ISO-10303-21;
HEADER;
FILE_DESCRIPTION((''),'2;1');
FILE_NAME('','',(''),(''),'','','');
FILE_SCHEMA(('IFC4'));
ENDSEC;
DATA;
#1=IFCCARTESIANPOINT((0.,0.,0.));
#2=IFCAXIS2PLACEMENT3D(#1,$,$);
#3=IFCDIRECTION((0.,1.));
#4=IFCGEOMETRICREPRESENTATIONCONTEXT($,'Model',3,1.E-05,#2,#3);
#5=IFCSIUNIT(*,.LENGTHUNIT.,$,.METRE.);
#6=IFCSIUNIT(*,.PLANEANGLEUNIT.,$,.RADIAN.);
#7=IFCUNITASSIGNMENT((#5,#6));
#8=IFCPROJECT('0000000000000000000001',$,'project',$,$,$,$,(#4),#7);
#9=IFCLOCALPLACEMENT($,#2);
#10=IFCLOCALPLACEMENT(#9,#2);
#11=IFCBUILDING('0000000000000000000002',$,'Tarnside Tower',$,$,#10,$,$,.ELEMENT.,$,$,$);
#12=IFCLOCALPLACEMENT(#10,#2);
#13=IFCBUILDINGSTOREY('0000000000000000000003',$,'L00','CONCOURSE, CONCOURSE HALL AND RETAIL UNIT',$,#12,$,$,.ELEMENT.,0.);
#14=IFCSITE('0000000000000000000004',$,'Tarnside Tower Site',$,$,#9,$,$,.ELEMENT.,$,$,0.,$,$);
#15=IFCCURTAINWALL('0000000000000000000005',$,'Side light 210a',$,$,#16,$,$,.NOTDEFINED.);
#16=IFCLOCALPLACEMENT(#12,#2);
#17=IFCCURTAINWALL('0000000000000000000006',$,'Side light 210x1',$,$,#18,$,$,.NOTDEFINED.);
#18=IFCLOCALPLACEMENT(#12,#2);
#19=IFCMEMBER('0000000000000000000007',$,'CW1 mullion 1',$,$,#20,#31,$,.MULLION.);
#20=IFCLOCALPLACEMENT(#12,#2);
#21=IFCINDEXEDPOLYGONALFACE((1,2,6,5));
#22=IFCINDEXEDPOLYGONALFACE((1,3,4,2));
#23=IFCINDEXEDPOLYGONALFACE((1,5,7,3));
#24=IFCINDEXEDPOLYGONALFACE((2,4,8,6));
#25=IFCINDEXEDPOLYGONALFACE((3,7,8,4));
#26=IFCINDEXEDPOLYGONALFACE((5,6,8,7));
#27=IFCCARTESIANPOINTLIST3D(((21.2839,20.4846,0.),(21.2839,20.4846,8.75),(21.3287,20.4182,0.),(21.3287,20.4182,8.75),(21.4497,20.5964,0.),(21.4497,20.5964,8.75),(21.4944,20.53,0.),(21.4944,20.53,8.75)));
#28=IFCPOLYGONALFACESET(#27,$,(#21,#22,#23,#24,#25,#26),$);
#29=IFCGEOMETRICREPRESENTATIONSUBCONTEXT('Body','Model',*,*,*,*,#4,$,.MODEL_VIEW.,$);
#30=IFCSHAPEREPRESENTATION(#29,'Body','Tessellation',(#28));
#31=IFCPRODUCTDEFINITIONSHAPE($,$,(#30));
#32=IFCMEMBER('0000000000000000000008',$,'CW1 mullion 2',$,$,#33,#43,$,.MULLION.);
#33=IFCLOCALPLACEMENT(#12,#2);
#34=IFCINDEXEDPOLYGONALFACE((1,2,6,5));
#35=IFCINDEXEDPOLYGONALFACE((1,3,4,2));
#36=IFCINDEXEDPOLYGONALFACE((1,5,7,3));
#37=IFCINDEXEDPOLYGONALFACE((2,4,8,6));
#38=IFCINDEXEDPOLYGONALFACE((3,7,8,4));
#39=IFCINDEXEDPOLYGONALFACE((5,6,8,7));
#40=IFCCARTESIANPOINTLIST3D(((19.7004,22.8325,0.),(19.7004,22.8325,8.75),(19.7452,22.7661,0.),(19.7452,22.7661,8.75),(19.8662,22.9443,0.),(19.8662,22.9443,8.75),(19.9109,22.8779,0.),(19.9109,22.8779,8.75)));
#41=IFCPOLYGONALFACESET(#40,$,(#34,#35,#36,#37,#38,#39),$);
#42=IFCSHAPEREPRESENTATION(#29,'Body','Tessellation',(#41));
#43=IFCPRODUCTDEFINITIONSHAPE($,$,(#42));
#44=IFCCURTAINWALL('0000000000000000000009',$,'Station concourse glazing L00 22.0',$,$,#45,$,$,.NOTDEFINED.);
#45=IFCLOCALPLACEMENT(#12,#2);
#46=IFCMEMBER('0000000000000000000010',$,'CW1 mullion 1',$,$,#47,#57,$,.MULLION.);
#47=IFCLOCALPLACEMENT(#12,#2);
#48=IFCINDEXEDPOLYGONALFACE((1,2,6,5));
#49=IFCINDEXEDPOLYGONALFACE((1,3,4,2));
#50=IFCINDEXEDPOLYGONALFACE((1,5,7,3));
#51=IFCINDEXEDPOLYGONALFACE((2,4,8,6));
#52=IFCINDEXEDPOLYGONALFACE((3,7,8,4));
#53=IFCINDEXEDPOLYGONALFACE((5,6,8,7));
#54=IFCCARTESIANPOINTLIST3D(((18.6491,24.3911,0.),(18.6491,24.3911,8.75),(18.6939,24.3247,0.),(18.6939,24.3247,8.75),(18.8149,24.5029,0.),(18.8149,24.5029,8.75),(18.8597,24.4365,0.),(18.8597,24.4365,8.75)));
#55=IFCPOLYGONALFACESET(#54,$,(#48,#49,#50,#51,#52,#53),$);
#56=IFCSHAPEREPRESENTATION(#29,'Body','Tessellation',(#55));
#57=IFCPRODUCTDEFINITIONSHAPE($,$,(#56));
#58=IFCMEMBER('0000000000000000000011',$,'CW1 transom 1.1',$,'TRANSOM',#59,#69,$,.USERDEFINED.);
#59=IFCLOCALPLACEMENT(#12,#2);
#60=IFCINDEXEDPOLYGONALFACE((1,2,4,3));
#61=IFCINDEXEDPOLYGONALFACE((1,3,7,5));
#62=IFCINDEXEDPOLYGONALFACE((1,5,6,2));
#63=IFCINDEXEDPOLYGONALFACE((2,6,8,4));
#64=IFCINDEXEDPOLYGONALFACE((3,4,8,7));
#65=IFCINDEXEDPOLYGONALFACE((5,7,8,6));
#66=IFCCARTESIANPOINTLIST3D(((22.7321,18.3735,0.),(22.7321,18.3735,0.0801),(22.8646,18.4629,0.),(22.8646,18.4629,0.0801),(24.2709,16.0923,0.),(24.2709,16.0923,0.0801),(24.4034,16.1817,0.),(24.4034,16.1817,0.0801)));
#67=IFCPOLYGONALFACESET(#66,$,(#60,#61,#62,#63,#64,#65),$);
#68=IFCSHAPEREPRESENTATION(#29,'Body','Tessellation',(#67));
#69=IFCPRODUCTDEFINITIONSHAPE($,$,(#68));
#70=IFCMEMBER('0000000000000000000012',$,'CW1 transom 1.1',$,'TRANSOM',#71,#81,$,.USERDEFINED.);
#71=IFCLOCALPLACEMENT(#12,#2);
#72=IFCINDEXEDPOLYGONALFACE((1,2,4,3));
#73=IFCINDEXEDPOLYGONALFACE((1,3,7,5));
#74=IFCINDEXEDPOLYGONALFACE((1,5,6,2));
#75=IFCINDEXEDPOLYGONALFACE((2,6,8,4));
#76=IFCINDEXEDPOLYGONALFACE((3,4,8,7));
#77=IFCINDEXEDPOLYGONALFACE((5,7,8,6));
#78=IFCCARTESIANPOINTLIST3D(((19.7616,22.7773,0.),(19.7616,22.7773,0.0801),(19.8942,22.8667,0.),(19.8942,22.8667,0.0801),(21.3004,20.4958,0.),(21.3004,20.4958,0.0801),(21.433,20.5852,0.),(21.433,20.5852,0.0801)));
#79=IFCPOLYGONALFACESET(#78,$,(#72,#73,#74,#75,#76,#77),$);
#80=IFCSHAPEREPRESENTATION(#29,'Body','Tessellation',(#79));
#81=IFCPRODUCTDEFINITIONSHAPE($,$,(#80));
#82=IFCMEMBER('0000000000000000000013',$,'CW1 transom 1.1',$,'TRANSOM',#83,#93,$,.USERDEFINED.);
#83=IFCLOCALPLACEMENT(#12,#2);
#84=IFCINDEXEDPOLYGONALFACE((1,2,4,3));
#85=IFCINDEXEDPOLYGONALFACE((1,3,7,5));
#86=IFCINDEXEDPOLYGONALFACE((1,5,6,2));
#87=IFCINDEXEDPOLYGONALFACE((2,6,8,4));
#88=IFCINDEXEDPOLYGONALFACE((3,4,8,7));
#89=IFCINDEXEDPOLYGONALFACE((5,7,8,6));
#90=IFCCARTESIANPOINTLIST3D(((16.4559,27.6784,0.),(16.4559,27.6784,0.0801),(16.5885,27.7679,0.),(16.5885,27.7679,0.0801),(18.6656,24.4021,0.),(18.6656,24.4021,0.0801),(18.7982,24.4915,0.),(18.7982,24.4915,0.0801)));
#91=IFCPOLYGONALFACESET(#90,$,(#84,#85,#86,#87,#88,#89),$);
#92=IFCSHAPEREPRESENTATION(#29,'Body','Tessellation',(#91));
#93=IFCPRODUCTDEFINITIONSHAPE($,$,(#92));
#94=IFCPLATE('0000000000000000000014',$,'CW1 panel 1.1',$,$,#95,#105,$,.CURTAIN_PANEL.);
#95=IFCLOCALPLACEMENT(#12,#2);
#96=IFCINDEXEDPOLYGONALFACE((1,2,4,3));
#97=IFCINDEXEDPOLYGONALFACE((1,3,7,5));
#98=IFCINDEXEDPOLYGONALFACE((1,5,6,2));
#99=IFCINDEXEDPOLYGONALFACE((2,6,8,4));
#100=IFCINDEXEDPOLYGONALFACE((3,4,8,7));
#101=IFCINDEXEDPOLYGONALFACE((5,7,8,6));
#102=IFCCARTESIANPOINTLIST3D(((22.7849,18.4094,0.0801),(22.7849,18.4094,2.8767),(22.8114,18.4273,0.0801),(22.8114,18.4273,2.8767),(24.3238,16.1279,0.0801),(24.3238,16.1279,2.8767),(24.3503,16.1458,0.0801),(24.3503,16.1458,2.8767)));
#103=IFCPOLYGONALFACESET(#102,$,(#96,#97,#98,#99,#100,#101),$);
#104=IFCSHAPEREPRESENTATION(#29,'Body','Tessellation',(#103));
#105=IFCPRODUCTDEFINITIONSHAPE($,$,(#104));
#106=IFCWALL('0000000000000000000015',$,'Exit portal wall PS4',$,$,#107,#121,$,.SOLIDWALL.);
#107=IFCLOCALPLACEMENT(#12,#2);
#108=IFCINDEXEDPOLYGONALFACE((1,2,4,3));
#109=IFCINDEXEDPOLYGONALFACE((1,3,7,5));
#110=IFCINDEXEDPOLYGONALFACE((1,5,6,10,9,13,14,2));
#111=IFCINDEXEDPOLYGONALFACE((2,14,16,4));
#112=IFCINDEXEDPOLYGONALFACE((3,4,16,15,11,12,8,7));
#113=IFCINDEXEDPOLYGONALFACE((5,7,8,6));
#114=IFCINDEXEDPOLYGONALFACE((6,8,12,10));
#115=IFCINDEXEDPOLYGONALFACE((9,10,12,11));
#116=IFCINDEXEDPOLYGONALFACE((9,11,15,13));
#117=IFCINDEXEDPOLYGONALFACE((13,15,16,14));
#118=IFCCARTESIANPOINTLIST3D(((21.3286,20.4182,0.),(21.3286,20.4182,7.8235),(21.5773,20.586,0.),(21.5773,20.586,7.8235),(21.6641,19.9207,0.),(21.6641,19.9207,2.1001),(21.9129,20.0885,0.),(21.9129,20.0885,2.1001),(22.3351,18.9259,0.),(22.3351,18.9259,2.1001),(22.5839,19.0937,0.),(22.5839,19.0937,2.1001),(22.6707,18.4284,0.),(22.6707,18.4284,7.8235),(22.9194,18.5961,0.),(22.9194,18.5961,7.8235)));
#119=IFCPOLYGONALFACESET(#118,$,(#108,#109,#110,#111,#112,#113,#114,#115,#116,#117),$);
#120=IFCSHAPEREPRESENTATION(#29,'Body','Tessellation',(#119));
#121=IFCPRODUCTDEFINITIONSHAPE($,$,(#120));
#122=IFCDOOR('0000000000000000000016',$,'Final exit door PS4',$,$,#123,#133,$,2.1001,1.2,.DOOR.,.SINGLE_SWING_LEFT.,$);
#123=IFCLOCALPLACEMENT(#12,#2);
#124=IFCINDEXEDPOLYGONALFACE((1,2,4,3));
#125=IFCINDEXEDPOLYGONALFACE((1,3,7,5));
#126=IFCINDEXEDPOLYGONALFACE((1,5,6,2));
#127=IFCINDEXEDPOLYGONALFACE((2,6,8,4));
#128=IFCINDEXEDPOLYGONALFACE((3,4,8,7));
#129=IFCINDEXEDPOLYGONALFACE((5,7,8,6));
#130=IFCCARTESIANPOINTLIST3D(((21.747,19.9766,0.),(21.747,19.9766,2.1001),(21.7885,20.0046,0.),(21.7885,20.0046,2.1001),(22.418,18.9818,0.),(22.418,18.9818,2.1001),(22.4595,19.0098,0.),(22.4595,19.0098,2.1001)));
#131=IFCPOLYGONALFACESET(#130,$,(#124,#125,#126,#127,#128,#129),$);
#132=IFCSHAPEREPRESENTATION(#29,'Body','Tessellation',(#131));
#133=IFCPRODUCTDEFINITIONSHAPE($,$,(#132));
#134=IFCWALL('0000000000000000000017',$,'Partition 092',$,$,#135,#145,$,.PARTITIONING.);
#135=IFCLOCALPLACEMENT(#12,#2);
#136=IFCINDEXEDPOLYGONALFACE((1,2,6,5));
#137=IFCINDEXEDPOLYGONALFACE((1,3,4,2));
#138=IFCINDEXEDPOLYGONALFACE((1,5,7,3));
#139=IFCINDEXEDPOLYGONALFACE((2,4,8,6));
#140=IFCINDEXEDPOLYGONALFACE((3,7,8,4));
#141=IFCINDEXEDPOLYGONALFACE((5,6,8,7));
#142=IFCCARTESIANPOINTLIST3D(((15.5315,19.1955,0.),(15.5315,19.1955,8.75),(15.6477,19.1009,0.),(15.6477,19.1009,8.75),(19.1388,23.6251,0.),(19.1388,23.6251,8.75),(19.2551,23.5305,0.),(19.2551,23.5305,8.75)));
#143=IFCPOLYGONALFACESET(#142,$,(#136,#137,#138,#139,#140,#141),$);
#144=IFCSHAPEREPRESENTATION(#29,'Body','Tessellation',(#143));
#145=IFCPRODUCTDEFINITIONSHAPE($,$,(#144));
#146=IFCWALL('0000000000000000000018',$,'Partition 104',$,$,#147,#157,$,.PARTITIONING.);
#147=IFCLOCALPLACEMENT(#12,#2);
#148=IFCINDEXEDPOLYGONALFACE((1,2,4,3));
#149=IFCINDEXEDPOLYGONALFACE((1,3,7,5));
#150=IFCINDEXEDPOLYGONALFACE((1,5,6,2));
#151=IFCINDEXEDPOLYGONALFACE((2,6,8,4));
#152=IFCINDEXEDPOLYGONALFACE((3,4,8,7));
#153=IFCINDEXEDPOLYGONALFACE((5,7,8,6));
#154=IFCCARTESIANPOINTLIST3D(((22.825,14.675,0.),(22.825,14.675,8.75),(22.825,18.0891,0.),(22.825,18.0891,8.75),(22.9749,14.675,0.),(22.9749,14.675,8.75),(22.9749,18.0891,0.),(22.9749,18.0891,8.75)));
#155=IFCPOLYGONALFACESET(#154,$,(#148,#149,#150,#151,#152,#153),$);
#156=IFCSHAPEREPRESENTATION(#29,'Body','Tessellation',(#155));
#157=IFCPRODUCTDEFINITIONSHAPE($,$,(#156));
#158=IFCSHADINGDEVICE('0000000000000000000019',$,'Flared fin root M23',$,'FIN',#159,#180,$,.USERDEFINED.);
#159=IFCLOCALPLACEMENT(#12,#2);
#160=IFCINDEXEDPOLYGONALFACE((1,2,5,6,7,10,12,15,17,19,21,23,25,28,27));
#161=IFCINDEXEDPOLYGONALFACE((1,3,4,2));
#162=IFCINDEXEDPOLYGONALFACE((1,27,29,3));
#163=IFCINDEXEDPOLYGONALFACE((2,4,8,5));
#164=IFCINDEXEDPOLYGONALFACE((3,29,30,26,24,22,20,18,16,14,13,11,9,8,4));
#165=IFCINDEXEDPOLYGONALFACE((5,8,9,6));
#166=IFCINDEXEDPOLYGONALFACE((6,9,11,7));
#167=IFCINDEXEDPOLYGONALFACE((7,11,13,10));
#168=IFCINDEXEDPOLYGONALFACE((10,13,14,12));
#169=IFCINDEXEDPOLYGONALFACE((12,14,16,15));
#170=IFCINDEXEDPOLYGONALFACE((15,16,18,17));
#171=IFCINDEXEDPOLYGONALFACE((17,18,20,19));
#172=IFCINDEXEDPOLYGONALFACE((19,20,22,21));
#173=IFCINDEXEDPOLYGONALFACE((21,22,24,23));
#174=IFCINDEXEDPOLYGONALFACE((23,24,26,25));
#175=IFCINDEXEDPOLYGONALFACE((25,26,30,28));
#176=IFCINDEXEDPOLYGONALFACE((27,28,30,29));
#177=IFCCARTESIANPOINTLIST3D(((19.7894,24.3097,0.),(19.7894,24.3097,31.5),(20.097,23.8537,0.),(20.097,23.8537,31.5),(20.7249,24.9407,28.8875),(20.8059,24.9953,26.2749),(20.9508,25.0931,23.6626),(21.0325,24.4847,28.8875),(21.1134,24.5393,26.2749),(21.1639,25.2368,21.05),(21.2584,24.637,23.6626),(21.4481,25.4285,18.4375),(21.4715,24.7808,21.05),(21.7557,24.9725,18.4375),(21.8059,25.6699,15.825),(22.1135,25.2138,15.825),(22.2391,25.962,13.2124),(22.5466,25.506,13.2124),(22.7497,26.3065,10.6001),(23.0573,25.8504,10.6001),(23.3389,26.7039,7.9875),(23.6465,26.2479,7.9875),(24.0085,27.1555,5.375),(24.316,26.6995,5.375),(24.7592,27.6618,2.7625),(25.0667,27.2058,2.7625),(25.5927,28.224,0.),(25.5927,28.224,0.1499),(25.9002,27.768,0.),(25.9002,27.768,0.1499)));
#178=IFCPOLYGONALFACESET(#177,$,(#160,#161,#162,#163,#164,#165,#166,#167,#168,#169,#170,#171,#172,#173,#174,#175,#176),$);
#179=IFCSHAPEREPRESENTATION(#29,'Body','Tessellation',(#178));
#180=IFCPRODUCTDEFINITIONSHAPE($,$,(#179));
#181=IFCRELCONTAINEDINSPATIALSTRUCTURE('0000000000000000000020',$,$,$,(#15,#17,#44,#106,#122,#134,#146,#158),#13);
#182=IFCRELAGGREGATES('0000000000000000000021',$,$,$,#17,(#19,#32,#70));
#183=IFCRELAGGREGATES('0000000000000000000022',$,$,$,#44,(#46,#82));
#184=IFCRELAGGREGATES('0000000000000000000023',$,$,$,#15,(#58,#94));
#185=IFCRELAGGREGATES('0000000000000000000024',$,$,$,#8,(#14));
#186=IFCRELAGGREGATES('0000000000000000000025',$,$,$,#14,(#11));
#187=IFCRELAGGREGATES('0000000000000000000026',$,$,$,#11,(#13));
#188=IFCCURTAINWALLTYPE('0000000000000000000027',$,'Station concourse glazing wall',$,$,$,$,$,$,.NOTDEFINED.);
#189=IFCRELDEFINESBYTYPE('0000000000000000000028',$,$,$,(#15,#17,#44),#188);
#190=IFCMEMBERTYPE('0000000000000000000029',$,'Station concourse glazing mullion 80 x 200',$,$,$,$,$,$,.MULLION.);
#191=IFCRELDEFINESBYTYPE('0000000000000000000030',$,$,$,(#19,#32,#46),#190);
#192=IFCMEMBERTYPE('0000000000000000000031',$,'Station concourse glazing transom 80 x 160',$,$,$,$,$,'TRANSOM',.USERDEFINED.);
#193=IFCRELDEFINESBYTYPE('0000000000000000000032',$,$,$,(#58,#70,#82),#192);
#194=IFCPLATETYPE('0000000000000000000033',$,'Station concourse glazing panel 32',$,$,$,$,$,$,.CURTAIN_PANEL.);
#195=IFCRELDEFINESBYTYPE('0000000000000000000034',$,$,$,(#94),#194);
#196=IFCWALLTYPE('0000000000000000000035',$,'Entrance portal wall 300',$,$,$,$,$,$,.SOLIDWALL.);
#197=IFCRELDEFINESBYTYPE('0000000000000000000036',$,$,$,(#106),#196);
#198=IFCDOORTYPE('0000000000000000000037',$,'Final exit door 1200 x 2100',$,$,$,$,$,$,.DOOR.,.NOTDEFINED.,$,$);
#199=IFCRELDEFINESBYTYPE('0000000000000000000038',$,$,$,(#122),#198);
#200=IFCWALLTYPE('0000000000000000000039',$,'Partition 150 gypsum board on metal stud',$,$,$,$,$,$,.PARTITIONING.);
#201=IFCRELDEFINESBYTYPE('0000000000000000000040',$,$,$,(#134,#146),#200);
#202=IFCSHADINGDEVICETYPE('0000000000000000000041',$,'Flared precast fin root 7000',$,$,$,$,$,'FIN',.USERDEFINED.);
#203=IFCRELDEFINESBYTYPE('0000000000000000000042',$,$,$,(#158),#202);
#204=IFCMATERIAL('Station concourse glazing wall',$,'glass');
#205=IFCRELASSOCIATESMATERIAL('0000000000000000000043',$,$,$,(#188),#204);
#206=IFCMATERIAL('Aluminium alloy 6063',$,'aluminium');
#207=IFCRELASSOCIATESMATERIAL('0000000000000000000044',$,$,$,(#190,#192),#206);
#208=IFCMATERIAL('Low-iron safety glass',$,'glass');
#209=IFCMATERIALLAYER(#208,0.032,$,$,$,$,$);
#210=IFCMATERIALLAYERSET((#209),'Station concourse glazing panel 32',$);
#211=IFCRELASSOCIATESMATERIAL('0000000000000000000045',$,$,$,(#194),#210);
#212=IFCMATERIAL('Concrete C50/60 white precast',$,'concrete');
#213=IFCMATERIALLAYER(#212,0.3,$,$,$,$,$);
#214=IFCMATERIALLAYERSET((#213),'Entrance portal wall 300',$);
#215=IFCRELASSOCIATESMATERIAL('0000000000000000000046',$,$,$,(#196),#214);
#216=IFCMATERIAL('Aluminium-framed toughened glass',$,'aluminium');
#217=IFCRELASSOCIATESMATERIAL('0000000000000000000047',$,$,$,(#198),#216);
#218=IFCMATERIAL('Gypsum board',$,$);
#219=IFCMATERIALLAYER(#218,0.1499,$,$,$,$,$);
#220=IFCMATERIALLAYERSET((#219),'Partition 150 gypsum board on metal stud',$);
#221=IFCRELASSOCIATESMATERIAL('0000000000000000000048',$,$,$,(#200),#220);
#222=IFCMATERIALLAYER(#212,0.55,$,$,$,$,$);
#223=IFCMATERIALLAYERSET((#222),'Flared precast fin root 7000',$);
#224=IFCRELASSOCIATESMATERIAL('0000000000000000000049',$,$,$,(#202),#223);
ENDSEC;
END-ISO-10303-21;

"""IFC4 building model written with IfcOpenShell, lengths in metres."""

from ifc_helpers import new_model, si_unit, direction, frame, frame_2d, origin, origin_2d, place, context, subcontext, project, spatial, polyline, rectangle, outline, extrude, material, layer, layer_set, material_profile, profile_set, type_object, element, fill, aggregate, save


model = new_model("IFC4")

# Units and contexts
model_context = context("Model", 3, precision=1e-05, world=origin(), true_north=direction((0.0, 1.0)))
body_context = subcontext(model_context, "Body", "Model", "MODEL_VIEW")
ifc_project = project(units=[si_unit("LENGTHUNIT", "METRE"), si_unit("PLANEANGLEUNIT", "RADIAN")], contexts=[model_context])

# Site, building, storey
site_placement = place(None, origin())
site = spatial("IfcSite", under=ifc_project, at=site_placement, Name="Tarnside Tower Site", CompositionType="ELEMENT", RefElevation=0.0)
building_placement = place(site_placement, origin())
building = spatial("IfcBuilding", under=site, at=building_placement, Name="Tarnside Tower", CompositionType="ELEMENT")
storey_placement = place(building_placement, origin())
storey = spatial("IfcBuildingStorey", under=building, at=storey_placement, Name="L00", Description="CONCOURSE, CONCOURSE HALL AND RETAIL UNIT", CompositionType="ELEMENT", Elevation=0.0)

# Curtain wall
ifc_material_1 = material(Name="Station concourse glazing wall", Category="glass")
curtain_wall_type = type_object("IfcCurtainWallType", Name="Station concourse glazing wall", PredefinedType="NOTDEFINED", material=ifc_material_1)
curtain_wall_1_placement = place(storey_placement, origin())
curtain_wall_1 = element("IfcCurtainWall", 1, at=curtain_wall_1_placement, inside=storey, type_object=curtain_wall_type, Name="Side light 210a", PredefinedType="NOTDEFINED")
ifc_material_2 = material(Name="Aluminium alloy 6063", Category="aluminium")
ifc_material_profile_1 = material_profile(ifc_material_2, rectangle(XDim=0.2, YDim=0.0801, at=origin_2d()), Name="Station concourse glazing mullion 80 x 200")
ifc_profile_set_1 = profile_set([ifc_material_profile_1], Name="Aluminium alloy 6063")
member_type_1 = type_object("IfcMemberType", Name="Station concourse glazing mullion 80 x 200", PredefinedType="MULLION", material=ifc_profile_set_1)

# Curtain wall, members
curtain_wall_2_placement = place(storey_placement, origin())
curtain_wall_2 = element("IfcCurtainWall", 2, at=curtain_wall_2_placement, inside=storey, type_object=curtain_wall_type, Name="Side light 210x1", PredefinedType="NOTDEFINED")
member_1_placement = place(storey_placement, frame((21.3892, 20.5073, 0.0), z_axis=(0.0, 0.0, 1.0), x_axis=(-0.829038, -0.559193, 0.0)))
member_1 = element("IfcMember", 3, at=member_1_placement, type_object=member_type_1, Name="CW1 mullion 1", PredefinedType="MULLION", context=body_context, shape_type="SweptSolid", body=[
    extrude(rectangle(XDim=0.2, YDim=0.0801, at=origin_2d()), origin(), (0.0, 0.0, 1.0), 8.75),
])
member_2_placement = place(storey_placement, frame((19.8057, 22.8552, 0.0), z_axis=(0.0, 0.0, 1.0), x_axis=(-0.829038, -0.559193, 0.0)))
member_2 = element("IfcMember", 4, at=member_2_placement, type_object=member_type_1, Name="CW1 mullion 2", PredefinedType="MULLION", context=body_context, shape_type="SweptSolid", body=[
    extrude(rectangle(XDim=0.2, YDim=0.0801, at=origin_2d()), origin(), (0.0, 0.0, 1.0), 8.75),
])

# Curtain wall, member
curtain_wall_3_placement = place(storey_placement, origin())
curtain_wall_3 = element("IfcCurtainWall", 5, at=curtain_wall_3_placement, inside=storey, type_object=curtain_wall_type, Name="Station concourse glazing L00 22.0", PredefinedType="NOTDEFINED")
member_3_placement = place(storey_placement, frame((18.7544, 24.4138, 0.0), z_axis=(0.0, 0.0, 1.0), x_axis=(-0.829038, -0.559193, 0.0)))
member_3 = element("IfcMember", 6, at=member_3_placement, type_object=member_type_1, Name="CW1 mullion 1", PredefinedType="MULLION", context=body_context, shape_type="SweptSolid", body=[
    extrude(rectangle(XDim=0.2, YDim=0.0801, at=origin_2d()), origin(), (0.0, 0.0, 1.0), 8.75),
])

# Members
ifc_material_profile_2 = material_profile(ifc_material_2, rectangle(XDim=0.1599, YDim=0.0801, at=origin_2d()), Name="Station concourse glazing transom 80 x 160")
ifc_profile_set_2 = profile_set([ifc_material_profile_2], Name="Aluminium alloy 6063")
member_type_2 = type_object("IfcMemberType", Name="Station concourse glazing transom 80 x 160", ElementType="TRANSOM", PredefinedType="USERDEFINED", material=ifc_profile_set_2)
member_4_placement = place(storey_placement, frame((24.3372, 16.137, 0.04), z_axis=(-0.559217, 0.829021, 0.0), x_axis=(-0.829021, -0.559217, 0.0)))
member_4 = element("IfcMember", 7, at=member_4_placement, type_object=member_type_2, Name="CW1 transom 1.1", ObjectType="TRANSOM", PredefinedType="USERDEFINED", context=body_context, shape_type="SweptSolid", body=[
    extrude(rectangle(XDim=0.1599, YDim=0.0801, at=origin_2d()), origin(), (0.0, 0.0, 1.0), 2.7517),
])
member_5_placement = place(storey_placement, frame((21.3667, 20.5405, 0.04), z_axis=(-0.559176, 0.829049, 0.0), x_axis=(-0.829049, -0.559176, 0.0)))
member_5 = element("IfcMember", 8, at=member_5_placement, type_object=member_type_2, Name="CW1 transom 1.1", ObjectType="TRANSOM", PredefinedType="USERDEFINED", context=body_context, shape_type="SweptSolid", body=[
    extrude(rectangle(XDim=0.1599, YDim=0.0801, at=origin_2d()), origin(), (0.0, 0.0, 1.0), 2.752),
])
aggregate(curtain_wall_2, [member_1, member_2, member_5])
member_6_placement = place(storey_placement, frame((18.7319, 24.4468, 0.04), z_axis=(-0.559155, 0.829063, 0.0), x_axis=(-0.829063, -0.559155, 0.0)))
member_6 = element("IfcMember", 9, at=member_6_placement, type_object=member_type_2, Name="CW1 transom 1.1", ObjectType="TRANSOM", PredefinedType="USERDEFINED", context=body_context, shape_type="SweptSolid", body=[
    extrude(rectangle(XDim=0.1599, YDim=0.0801, at=origin_2d()), origin(), (0.0, 0.0, 1.0), 3.9519),
])
aggregate(curtain_wall_3, [member_3, member_6])

# Plate
ifc_material_3 = material(Name="Low-iron safety glass", Category="glass")
ifc_layer_1 = layer(ifc_material_3, 0.032)
ifc_layer_set_1 = layer_set([ifc_layer_1], Name="Station concourse glazing panel 32")
plate_type = type_object("IfcPlateType", Name="Station concourse glazing panel 32", PredefinedType="CURTAIN_PANEL", material=ifc_layer_set_1)
plate_placement = place(storey_placement, frame((23.5676, 17.2776, 0.0801), z_axis=(0.0, 0.0, 1.0), x_axis=(-0.559193, 0.829038, 0.0)))
plate = element("IfcPlate", 10, at=plate_placement, type_object=plate_type, Name="CW1 panel 1.1", PredefinedType="CURTAIN_PANEL", context=body_context, shape_type="SweptSolid", body=[
    extrude(rectangle(XDim=2.752, YDim=0.032, at=origin_2d()), origin(), (0.0, 0.0, 1.0), 2.7966),
])
aggregate(curtain_wall_1, [member_4, plate])

# Wall, opening, door
ifc_material_4 = material(Name="Concrete C50/60 white precast", Category="concrete")
ifc_layer_2 = layer(ifc_material_4, 0.3)
ifc_layer_set_2 = layer_set([ifc_layer_2], Name="Entrance portal wall 300")
wall_type_1 = type_object("IfcWallType", Name="Entrance portal wall 300", PredefinedType="SOLIDWALL", material=ifc_layer_set_2)
wall_1_placement = place(storey_placement, frame((21.4529, 20.5022, 0.0), z_axis=(0.0, 0.0, 1.0), x_axis=(0.559176, -0.829049, 0.0)))
wall_1 = element("IfcWall", 11, at=wall_1_placement, inside=storey, type_object=wall_type_1, Name="Exit portal wall PS4", PredefinedType="SOLIDWALL", context=body_context, shape_type="SweptSolid", body=[
    extrude(rectangle(XDim=2.4001, YDim=0.3, at=frame_2d((1.2002, 0.0))), origin(), (0.0, 0.0, 1.0), 7.8235),
])
opening_placement = place(wall_1_placement, frame((0.6001, 0.0, 0.0)))
opening = element("IfcOpeningElement", 12, at=opening_placement, cuts=wall_1, PredefinedType="OPENING", context=body_context, shape_type="SweptSolid", body=[
    extrude(rectangle(XDim=1.2, YDim=2.1001, at=frame_2d((0.6001, 1.05))), frame((0.0, 0.1602, 0.0), z_axis=(0.0, -1.0, 0.0), x_axis=(1.0, 0.0, 0.0)), (0.0, 0.0, 1.0), 0.3201),
])
ifc_material_5 = material(Name="Aluminium-framed toughened glass", Category="aluminium")
door_type = type_object("IfcDoorType", Name="Final exit door 1200 x 2100", OperationType="NOTDEFINED", PredefinedType="DOOR", material=ifc_material_5)
door_placement = place(opening_placement, frame((0.0, -0.0249, 0.0)))
door = element("IfcDoor", 13, at=door_placement, inside=storey, type_object=door_type, Name="Final exit door PS4", OperationType="SINGLE_SWING_LEFT", OverallHeight=2.1001, OverallWidth=1.2, PredefinedType="DOOR", context=body_context, shape_type="SweptSolid", body=[
    extrude(rectangle(XDim=1.2, YDim=2.1001, at=frame_2d((0.6001, 1.05))), frame((0.0, 0.0249, 0.0), z_axis=(0.0, -1.0, 0.0), x_axis=(1.0, 0.0, 0.0)), (0.0, 0.0, 1.0), 0.05),
])
fill(opening, door)

# Walls
ifc_material_6 = material(Name="Gypsum board")
ifc_layer_3 = layer(ifc_material_6, 0.1499)
ifc_layer_set_3 = layer_set([ifc_layer_3], Name="Partition 150 gypsum board on metal stud")
wall_type_2 = type_object("IfcWallType", Name="Partition 150 gypsum board on metal stud", PredefinedType="PARTITIONING", material=ifc_layer_set_3)
wall_2_placement = place(storey_placement, frame((19.197, 23.5779, 0.0), z_axis=(0.0, 0.0, 1.0), x_axis=(-0.631467, -0.775402, 0.0)))
element("IfcWall", 14, at=wall_2_placement, inside=storey, type_object=wall_type_2, Name="Partition 092", PredefinedType="PARTITIONING", context=body_context, shape_type="SweptSolid", body=[
    extrude(rectangle(XDim=5.7126, YDim=0.1499, at=frame_2d((2.8564, 0.0))), origin(), (0.0, 0.0, 1.0), 8.75),
])
wall_3_placement = place(storey_placement, frame((22.8999, 18.0891, 0.0), z_axis=(0.0, 0.0, 1.0), x_axis=(0.0, -1.0, 0.0)))
element("IfcWall", 15, at=wall_3_placement, inside=storey, type_object=wall_type_2, Name="Partition 104", PredefinedType="PARTITIONING", context=body_context, shape_type="SweptSolid", body=[
    extrude(rectangle(XDim=3.4141, YDim=0.1499, at=frame_2d((1.707, 0.0))), origin(), (0.0, 0.0, 1.0), 8.75),
])

# Shading device
ifc_layer_4 = layer(ifc_material_4, 0.55)
ifc_layer_set_4 = layer_set([ifc_layer_4], Name="Flared precast fin root 7000")
shading_device_type = type_object("IfcShadingDeviceType", Name="Flared precast fin root 7000", ElementType="FIN", PredefinedType="USERDEFINED", material=ifc_layer_set_4)
shading_device_placement = place(storey_placement, frame((19.9431, 24.0818, 0.0), z_axis=(0.559193, -0.829038, 0.0), x_axis=(0.829038, 0.559193, 0.0)))
element("IfcShadingDevice", 16, at=shading_device_placement, inside=storey, type_object=shading_device_type, Name="Flared fin root M23", ObjectType="FIN", PredefinedType="USERDEFINED", context=body_context, shape_type="SweptSolid", body=[
    extrude(outline(polyline([(0.0, 0.0), (7.0, 0.0), (7.0, 0.1499), (5.9946, 2.7625), (5.0891, 5.375), (4.2815, 7.9875), (3.5708, 10.6001), (2.9548, 13.2124), (2.4324, 15.825), (2.0007, 18.4375), (1.658, 21.05), (1.4009, 23.6626), (1.2261, 26.2749), (1.1284, 28.8875), (0.0, 31.5), (0.0, 0.0)])), frame((0.0, 0.0, -0.2749)), (0.0, 0.0, 1.0), 0.55),
])

save(model, "model.ifc")
